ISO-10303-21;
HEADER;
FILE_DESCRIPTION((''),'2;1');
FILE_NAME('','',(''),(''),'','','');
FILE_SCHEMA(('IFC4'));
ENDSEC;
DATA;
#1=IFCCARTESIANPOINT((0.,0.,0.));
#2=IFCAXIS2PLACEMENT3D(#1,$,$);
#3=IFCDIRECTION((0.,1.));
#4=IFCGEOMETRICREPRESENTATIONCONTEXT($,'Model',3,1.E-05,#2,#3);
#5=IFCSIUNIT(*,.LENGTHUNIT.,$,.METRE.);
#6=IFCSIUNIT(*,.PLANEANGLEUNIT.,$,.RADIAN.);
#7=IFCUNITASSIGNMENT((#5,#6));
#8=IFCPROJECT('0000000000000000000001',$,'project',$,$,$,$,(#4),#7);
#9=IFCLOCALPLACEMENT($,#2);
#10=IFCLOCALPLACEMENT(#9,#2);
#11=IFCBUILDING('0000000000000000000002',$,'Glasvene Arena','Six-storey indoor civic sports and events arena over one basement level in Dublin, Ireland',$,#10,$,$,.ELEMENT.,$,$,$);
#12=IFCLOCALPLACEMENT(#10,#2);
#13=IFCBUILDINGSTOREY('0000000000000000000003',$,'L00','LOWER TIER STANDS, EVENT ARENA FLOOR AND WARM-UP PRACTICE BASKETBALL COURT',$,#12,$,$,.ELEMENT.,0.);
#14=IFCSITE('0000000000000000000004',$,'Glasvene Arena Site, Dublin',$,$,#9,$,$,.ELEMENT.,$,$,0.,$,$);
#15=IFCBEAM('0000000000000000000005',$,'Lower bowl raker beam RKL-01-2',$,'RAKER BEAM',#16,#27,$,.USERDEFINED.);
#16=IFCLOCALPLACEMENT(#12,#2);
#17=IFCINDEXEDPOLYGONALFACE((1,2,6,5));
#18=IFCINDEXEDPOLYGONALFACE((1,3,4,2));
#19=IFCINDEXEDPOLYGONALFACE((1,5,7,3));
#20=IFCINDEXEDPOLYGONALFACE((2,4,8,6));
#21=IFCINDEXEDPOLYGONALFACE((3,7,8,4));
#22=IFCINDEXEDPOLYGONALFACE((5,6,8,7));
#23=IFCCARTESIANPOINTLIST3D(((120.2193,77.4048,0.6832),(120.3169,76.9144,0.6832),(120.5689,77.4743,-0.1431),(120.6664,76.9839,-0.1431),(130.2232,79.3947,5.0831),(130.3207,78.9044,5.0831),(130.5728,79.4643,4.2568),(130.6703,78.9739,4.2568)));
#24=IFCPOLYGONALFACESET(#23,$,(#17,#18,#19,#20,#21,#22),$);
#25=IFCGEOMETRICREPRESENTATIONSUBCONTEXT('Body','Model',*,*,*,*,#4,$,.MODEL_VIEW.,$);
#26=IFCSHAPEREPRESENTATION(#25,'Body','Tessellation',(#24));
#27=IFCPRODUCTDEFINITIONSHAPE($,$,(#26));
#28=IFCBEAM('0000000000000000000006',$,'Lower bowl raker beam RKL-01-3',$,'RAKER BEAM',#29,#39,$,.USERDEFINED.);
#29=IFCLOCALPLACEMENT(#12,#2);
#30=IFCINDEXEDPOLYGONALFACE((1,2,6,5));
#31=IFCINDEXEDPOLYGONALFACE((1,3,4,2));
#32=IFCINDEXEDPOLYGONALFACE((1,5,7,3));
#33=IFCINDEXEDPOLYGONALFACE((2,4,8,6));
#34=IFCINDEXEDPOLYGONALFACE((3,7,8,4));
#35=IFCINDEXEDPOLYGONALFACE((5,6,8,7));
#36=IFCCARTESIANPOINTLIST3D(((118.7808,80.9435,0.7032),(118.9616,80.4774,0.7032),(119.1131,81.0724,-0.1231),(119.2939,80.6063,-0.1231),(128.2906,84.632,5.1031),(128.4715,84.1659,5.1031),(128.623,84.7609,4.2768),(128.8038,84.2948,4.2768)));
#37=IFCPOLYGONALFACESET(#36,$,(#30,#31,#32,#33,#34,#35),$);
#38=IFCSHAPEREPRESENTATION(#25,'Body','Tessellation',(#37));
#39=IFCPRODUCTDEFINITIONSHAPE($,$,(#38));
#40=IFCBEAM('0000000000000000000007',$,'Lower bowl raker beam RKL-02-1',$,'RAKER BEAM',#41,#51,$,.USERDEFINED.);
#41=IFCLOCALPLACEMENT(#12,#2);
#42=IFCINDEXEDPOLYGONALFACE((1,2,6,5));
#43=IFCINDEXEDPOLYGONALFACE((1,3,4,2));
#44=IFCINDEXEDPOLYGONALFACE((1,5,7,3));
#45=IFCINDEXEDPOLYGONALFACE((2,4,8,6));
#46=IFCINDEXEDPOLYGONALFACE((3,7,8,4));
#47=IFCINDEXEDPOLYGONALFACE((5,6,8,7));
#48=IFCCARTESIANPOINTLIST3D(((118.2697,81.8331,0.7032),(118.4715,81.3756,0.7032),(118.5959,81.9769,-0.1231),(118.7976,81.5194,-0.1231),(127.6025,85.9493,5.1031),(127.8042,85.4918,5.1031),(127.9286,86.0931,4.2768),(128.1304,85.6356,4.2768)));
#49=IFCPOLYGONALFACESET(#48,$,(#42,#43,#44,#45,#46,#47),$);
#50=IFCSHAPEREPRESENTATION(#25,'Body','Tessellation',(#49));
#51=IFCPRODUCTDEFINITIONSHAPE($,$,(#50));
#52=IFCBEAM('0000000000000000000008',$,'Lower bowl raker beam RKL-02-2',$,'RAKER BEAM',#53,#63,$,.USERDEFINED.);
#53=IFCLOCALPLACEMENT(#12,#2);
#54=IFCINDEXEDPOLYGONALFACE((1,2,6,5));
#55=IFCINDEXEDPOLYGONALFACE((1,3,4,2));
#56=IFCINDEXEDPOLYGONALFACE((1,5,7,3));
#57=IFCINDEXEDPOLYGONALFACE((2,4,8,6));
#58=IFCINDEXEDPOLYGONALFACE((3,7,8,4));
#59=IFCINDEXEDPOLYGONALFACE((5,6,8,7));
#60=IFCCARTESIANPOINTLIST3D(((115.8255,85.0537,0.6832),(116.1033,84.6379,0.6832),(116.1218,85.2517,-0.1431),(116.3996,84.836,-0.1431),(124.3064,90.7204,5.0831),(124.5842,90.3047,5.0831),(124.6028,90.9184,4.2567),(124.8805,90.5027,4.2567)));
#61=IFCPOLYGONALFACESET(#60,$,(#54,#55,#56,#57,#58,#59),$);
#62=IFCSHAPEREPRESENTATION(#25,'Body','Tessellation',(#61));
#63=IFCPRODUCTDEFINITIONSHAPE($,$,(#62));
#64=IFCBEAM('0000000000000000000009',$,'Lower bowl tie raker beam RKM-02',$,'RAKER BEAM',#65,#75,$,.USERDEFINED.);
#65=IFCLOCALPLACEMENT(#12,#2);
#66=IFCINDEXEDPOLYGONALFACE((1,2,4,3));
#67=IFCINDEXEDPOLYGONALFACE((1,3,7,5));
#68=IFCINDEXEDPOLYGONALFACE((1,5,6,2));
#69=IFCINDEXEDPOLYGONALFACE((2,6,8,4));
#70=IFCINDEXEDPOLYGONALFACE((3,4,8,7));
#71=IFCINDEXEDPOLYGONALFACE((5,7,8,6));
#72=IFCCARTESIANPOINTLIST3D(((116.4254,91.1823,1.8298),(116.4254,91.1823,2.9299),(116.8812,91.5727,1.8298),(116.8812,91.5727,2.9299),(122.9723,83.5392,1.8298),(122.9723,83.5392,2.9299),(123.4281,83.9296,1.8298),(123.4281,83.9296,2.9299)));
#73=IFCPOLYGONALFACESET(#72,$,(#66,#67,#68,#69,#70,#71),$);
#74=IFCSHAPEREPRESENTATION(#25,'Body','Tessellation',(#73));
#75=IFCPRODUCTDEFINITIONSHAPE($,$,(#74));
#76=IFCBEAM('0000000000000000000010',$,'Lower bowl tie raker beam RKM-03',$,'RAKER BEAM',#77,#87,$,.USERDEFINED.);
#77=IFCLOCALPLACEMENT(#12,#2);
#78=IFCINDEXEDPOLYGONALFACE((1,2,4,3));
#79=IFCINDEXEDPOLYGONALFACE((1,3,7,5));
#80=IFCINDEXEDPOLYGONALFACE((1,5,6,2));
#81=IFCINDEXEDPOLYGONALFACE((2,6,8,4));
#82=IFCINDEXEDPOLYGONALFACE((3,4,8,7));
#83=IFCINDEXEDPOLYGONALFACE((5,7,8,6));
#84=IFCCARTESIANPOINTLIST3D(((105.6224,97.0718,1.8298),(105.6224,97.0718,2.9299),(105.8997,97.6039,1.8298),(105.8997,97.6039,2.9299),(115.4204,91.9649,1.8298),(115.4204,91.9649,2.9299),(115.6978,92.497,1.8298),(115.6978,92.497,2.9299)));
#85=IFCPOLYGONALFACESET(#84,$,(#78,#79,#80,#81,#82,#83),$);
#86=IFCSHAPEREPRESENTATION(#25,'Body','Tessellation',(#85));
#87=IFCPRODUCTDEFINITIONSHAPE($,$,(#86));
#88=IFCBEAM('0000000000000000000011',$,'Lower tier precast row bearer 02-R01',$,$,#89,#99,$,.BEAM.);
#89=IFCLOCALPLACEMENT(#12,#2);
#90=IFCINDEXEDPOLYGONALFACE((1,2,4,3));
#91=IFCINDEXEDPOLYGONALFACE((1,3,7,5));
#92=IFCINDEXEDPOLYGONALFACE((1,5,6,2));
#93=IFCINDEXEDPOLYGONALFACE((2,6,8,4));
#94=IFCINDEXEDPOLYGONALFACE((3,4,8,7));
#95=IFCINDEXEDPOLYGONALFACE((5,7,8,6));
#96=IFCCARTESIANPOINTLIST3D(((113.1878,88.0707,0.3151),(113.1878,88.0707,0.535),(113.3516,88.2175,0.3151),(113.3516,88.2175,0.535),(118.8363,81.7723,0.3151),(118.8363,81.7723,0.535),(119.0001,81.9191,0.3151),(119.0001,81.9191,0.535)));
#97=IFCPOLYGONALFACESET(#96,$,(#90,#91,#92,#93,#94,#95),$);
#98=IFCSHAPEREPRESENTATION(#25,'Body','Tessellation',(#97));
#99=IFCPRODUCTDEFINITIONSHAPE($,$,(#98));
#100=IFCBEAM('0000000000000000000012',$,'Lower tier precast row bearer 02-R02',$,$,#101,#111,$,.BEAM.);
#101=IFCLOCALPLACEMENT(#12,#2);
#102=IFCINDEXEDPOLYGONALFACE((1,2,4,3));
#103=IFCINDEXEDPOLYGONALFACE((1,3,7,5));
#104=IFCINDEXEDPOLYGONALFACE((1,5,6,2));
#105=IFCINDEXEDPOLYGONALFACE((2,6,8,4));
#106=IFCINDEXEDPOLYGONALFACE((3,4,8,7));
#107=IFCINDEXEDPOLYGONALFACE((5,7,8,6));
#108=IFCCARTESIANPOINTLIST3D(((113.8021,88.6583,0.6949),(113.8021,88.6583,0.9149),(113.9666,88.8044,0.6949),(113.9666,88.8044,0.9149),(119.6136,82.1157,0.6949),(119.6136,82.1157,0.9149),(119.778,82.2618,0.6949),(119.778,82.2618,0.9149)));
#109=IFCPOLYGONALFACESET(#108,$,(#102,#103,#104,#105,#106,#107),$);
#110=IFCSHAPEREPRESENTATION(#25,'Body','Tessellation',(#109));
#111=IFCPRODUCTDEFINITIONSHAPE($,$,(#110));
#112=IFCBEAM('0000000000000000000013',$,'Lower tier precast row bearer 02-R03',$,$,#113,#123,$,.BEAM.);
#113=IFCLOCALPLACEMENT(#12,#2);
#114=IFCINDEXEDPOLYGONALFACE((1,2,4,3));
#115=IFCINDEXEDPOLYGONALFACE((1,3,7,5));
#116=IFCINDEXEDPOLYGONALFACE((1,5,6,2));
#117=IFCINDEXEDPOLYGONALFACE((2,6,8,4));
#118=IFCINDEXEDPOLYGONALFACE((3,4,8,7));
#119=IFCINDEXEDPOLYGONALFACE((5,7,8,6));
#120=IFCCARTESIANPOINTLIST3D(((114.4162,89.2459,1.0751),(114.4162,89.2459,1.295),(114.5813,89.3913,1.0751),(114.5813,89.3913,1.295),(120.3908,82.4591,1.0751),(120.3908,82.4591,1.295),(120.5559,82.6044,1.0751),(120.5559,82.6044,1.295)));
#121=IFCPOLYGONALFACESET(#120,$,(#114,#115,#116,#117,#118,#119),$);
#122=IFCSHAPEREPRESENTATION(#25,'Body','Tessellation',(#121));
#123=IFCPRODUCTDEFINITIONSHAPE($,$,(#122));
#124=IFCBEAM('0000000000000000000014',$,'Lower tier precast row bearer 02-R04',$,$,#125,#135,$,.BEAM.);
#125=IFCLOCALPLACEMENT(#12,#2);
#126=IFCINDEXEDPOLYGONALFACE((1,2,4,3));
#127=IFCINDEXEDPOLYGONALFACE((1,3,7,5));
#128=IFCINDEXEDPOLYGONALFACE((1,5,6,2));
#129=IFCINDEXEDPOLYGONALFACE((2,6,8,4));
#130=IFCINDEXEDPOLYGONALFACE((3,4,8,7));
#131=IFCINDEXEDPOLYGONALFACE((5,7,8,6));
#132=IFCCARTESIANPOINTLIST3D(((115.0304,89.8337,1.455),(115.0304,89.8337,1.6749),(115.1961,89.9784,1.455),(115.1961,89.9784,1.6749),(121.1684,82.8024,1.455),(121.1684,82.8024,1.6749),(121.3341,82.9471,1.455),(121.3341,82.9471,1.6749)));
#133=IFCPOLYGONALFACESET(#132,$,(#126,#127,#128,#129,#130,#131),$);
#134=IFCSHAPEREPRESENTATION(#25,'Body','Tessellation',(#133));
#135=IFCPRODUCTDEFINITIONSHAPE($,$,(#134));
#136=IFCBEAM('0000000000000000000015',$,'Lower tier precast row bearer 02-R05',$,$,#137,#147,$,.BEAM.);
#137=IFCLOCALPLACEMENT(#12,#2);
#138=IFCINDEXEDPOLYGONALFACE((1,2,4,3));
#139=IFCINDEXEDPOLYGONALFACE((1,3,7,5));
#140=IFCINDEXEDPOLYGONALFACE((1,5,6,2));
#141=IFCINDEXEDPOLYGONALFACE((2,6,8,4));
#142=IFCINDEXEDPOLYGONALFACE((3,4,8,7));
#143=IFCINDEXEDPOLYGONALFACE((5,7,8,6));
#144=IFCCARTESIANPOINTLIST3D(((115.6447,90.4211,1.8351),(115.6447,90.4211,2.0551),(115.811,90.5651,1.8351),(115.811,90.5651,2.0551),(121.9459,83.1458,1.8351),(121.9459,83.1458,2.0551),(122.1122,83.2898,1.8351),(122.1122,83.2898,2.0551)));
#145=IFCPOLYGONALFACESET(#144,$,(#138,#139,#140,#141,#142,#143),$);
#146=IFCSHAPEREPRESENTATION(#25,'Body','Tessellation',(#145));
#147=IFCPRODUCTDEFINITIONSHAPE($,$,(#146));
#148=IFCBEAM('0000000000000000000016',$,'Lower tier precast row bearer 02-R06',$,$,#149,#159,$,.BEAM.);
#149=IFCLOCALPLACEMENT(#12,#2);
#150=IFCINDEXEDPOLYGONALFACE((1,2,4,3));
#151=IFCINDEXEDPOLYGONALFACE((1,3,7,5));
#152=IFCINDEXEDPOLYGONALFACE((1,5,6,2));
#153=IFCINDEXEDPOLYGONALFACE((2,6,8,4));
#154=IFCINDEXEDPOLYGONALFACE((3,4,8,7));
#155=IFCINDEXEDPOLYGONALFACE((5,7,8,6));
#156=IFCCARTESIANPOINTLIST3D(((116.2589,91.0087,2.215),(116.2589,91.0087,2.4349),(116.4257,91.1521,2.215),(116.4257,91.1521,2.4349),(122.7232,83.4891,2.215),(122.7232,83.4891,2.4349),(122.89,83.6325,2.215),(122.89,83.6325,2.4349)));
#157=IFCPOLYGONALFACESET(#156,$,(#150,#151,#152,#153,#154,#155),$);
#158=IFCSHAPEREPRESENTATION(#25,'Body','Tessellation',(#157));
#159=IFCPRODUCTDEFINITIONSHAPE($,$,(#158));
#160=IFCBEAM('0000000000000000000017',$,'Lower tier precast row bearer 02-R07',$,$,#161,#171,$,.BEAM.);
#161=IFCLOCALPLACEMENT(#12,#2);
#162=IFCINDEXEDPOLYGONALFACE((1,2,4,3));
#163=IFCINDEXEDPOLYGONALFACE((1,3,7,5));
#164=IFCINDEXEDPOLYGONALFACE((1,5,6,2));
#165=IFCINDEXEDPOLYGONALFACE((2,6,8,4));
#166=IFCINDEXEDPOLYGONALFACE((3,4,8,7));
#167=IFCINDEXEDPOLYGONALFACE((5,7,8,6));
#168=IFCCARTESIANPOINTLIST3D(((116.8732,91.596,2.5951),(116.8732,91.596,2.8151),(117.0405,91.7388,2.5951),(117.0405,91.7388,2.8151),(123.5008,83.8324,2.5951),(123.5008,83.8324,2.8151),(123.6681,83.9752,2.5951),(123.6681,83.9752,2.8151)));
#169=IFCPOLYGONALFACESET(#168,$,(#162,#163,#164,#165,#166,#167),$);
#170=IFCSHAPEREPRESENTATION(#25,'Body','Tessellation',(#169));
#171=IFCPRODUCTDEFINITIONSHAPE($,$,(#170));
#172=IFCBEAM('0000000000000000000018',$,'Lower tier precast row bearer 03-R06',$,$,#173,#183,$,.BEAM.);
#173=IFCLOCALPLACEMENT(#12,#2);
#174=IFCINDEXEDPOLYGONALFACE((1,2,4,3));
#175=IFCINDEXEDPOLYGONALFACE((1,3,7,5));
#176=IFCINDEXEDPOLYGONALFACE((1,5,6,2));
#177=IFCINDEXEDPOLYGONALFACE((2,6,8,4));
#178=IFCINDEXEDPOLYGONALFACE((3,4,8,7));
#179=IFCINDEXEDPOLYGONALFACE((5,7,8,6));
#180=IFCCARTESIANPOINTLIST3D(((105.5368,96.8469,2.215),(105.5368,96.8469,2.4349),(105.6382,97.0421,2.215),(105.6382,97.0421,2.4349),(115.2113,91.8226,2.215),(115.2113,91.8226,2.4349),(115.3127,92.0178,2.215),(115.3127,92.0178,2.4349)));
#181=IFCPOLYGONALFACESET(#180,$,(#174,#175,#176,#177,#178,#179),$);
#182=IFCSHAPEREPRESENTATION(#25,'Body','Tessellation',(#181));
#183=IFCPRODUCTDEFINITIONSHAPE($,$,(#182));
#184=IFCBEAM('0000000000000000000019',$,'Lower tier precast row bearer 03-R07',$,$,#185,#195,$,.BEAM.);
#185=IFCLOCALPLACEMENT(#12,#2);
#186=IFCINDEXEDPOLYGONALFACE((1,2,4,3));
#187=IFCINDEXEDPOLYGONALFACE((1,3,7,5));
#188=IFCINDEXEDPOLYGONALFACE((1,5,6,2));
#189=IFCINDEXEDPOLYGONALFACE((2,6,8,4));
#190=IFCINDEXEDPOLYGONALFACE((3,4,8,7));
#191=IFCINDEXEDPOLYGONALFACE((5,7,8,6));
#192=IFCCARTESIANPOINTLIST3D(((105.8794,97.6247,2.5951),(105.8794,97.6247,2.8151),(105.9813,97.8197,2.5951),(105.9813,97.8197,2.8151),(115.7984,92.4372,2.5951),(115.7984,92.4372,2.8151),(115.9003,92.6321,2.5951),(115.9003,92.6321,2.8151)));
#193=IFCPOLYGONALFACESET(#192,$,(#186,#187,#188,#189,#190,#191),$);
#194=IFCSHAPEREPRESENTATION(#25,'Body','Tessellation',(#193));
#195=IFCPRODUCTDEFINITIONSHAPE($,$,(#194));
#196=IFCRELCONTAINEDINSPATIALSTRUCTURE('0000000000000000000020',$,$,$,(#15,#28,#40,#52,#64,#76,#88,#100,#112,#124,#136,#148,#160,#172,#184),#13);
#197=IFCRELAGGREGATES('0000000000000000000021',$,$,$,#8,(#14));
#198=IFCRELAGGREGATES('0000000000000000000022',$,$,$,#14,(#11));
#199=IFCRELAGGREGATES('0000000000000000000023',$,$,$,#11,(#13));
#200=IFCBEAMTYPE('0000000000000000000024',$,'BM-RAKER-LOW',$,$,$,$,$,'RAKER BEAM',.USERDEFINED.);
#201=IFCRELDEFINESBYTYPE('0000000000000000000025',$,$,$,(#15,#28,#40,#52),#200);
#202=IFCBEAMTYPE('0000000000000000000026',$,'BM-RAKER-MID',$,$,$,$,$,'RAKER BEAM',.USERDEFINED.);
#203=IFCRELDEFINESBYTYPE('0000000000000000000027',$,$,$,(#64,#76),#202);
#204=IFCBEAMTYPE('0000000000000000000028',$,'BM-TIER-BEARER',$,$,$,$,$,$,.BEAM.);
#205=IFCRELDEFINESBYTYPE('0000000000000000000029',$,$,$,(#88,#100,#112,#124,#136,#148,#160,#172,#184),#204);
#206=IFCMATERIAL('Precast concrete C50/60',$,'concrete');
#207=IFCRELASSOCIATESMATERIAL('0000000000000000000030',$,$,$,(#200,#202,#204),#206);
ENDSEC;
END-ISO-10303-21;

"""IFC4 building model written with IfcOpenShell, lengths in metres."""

from ifc_helpers import new_model, si_unit, direction, frame, origin, origin_2d, place, context, subcontext, project, spatial, rectangle, extrude, material, material_profile, profile_set, type_object, element, save


model = new_model("IFC4")

# Units and contexts
model_context = context("Model", 3, precision=1e-05, world=origin(), true_north=direction((0.0, 1.0)))
body_context = subcontext(model_context, "Body", "Model", "MODEL_VIEW")
ifc_project = project(units=[si_unit("LENGTHUNIT", "METRE"), si_unit("PLANEANGLEUNIT", "RADIAN")], contexts=[model_context])

# Site, building, storey
site_placement = place(None, origin())
site = spatial("IfcSite", under=ifc_project, at=site_placement, Name="Glasvene Arena Site, Dublin", CompositionType="ELEMENT", RefElevation=0.0)
building_placement = place(site_placement, origin())
building = spatial("IfcBuilding", under=site, at=building_placement, Name="Glasvene Arena", Description="Six-storey indoor civic sports and events arena over one basement level in Dublin, Ireland", CompositionType="ELEMENT")
storey_placement = place(building_placement, origin())
storey = spatial("IfcBuildingStorey", under=building, at=storey_placement, Name="L00", Description="LOWER TIER STANDS, EVENT ARENA FLOOR AND WARM-UP PRACTICE BASKETBALL COURT", CompositionType="ELEMENT", Elevation=0.0)

# Beams
ifc_material_1 = material(Name="Precast concrete C50/60", Category="concrete")
ifc_material_profile_1 = material_profile(ifc_material_1, rectangle(XDim=0.5, YDim=0.8999, at=origin_2d()), Name="RC 500x900")
ifc_profile_set_1 = profile_set([ifc_material_profile_1], Name="Precast concrete C50/60")
beam_type_1 = type_object("IfcBeamType", Name="BM-RAKER-LOW", ElementType="RAKER BEAM", PredefinedType="USERDEFINED", material=ifc_profile_set_1)
beam_1_placement = place(storey_placement, frame((120.4429, 77.1943, 0.27), z_axis=(0.900568, 0.179142, 0.396087), x_axis=(-0.195099, 0.980784, 0.0)))
element("IfcBeam", 1, at=beam_1_placement, inside=storey, type_object=beam_type_1, Name="Lower bowl raker beam RKL-01-2", ObjectType="RAKER BEAM", PredefinedType="USERDEFINED", context=body_context, shape_type="SweptSolid", body=[
    extrude(rectangle(XDim=0.5, YDim=0.8999, at=origin_2d()), origin(), (0.0, 0.0, 1.0), 11.1084),
])
for number, where, z_axis, x_axis, name in (
    (2, (119.0374, 80.7749, 0.29), (0.856077, 0.33204, 0.396083), (-0.361614, 0.932328, 0.0), "Lower bowl raker beam RKL-01-3"),
    (3, (118.5337, 81.6763, 0.29), (0.840132, 0.37054, 0.396078), (-0.403543, 0.914961, 0.0), "Lower bowl raker beam RKL-02-1"),
):
    element("IfcBeam", number, at=place(storey_placement, frame(where, z_axis=z_axis, x_axis=x_axis)), inside=storey, type_object=beam_type_1, Name=name, ObjectType="RAKER BEAM", PredefinedType="USERDEFINED", context=body_context, shape_type="SweptSolid", body=[
        extrude(rectangle(XDim=0.5, YDim=0.8999, at=origin_2d()), origin(), (0.0, 0.0, 1.0), 11.1086),
    ])
beam_2_placement = place(storey_placement, frame((116.1125, 84.9448, 0.27), z_axis=(0.763469, 0.510129, 0.396086), x_axis=(-0.555567, 0.831472, 0.0)))
element("IfcBeam", 4, at=beam_2_placement, inside=storey, type_object=beam_type_1, Name="Lower bowl raker beam RKL-02-2", ObjectType="RAKER BEAM", PredefinedType="USERDEFINED", context=body_context, shape_type="SweptSolid", body=[
    extrude(rectangle(XDim=0.5, YDim=0.8999, at=origin_2d()), origin(), (0.0, 0.0, 1.0), 11.1084),
])
ifc_material_profile_2 = material_profile(ifc_material_1, rectangle(XDim=0.6001, YDim=1.1001, at=origin_2d()), Name="RC 600x1100")
ifc_profile_set_2 = profile_set([ifc_material_profile_2], Name="Precast concrete C50/60")
beam_type_2 = type_object("IfcBeamType", Name="BM-RAKER-MID", ElementType="RAKER BEAM", PredefinedType="USERDEFINED", material=ifc_profile_set_2)
beam_3_placement = place(storey_placement, frame((123.2002, 83.7344, 2.3799), z_axis=(-0.650544, 0.759469, 0.0), x_axis=(-0.759469, -0.650544, 0.0)))
element("IfcBeam", 5, at=beam_3_placement, inside=storey, type_object=beam_type_2, Name="Lower bowl tie raker beam RKM-02", ObjectType="RAKER BEAM", PredefinedType="USERDEFINED", context=body_context, shape_type="SweptSolid", body=[
    extrude(rectangle(XDim=0.6001, YDim=1.1001, at=origin_2d()), origin(), (0.0, 0.0, 1.0), 10.0637),
])
beam_4_placement = place(storey_placement, frame((115.5591, 92.231, 2.3799), z_axis=(-0.886775, 0.462202, 0.0), x_axis=(-0.462202, -0.886775, 0.0)))
element("IfcBeam", 6, at=beam_4_placement, inside=storey, type_object=beam_type_2, Name="Lower bowl tie raker beam RKM-03", ObjectType="RAKER BEAM", PredefinedType="USERDEFINED", context=body_context, shape_type="SweptSolid", body=[
    extrude(rectangle(XDim=0.6001, YDim=1.1001, at=origin_2d()), origin(), (0.0, 0.0, 1.0), 11.0491),
])
ifc_material_profile_3 = material_profile(ifc_material_1, rectangle(XDim=0.22, YDim=0.22, at=origin_2d()), Name="RC 220x220")
ifc_profile_set_3 = profile_set([ifc_material_profile_3], Name="Precast concrete C50/60")
beam_type_3 = type_object("IfcBeamType", Name="BM-TIER-BEARER", PredefinedType="BEAM", material=ifc_profile_set_3)
beam_5_placement = place(storey_placement, frame((118.9182, 81.8457, 0.425), z_axis=(-0.667653, 0.744472, 0.0), x_axis=(-0.744472, -0.667653, 0.0)))
element("IfcBeam", 7, at=beam_5_placement, inside=storey, type_object=beam_type_3, Name="Lower tier precast row bearer 02-R01", PredefinedType="BEAM", context=body_context, shape_type="SweptSolid", body=[
    extrude(rectangle(XDim=0.22, YDim=0.22, at=origin_2d()), origin(), (0.0, 0.0, 1.0), 8.4602),
])
beam_6_placement = place(storey_placement, frame((119.6958, 82.1887, 0.8049), z_axis=(-0.664094, 0.747649, 0.0), x_axis=(-0.747649, -0.664094, 0.0)))
element("IfcBeam", 8, at=beam_6_placement, inside=storey, type_object=beam_type_3, Name="Lower tier precast row bearer 02-R02", PredefinedType="BEAM", context=body_context, shape_type="SweptSolid", body=[
    extrude(rectangle(XDim=0.22, YDim=0.22, at=origin_2d()), origin(), (0.0, 0.0, 1.0), 8.751),
])
beam_7_placement = place(storey_placement, frame((120.4734, 82.5317, 1.1851), z_axis=(-0.660763, 0.750595, 0.0), x_axis=(-0.750595, -0.660763, 0.0)))
element("IfcBeam", 9, at=beam_7_placement, inside=storey, type_object=beam_type_3, Name="Lower tier precast row bearer 02-R03", PredefinedType="BEAM", context=body_context, shape_type="SweptSolid", body=[
    extrude(rectangle(XDim=0.22, YDim=0.22, at=origin_2d()), origin(), (0.0, 0.0, 1.0), 9.042),
])
beam_8_placement = place(storey_placement, frame((121.2512, 82.8748, 1.5649), z_axis=(-0.65763, 0.753341, 0.0), x_axis=(-0.753341, -0.65763, 0.0)))
element("IfcBeam", 10, at=beam_8_placement, inside=storey, type_object=beam_type_3, Name="Lower tier precast row bearer 02-R04", PredefinedType="BEAM", context=body_context, shape_type="SweptSolid", body=[
    extrude(rectangle(XDim=0.22, YDim=0.22, at=origin_2d()), origin(), (0.0, 0.0, 1.0), 9.3335),
])
beam_9_placement = place(storey_placement, frame((122.0291, 83.2178, 1.9451), z_axis=(-0.654689, 0.755898, 0.0), x_axis=(-0.755898, -0.654689, 0.0)))
element("IfcBeam", 11, at=beam_9_placement, inside=storey, type_object=beam_type_3, Name="Lower tier precast row bearer 02-R05", PredefinedType="BEAM", context=body_context, shape_type="SweptSolid", body=[
    extrude(rectangle(XDim=0.22, YDim=0.22, at=origin_2d()), origin(), (0.0, 0.0, 1.0), 9.6248),
])
beam_10_placement = place(storey_placement, frame((122.8066, 83.5608, 2.325), z_axis=(-0.651898, 0.758307, 0.0), x_axis=(-0.758307, -0.651898, 0.0)))
element("IfcBeam", 12, at=beam_10_placement, inside=storey, type_object=beam_type_3, Name="Lower tier precast row bearer 02-R06", PredefinedType="BEAM", context=body_context, shape_type="SweptSolid", body=[
    extrude(rectangle(XDim=0.22, YDim=0.22, at=origin_2d()), origin(), (0.0, 0.0, 1.0), 9.9163),
])
beam_11_placement = place(storey_placement, frame((123.5845, 83.9038, 2.7051), z_axis=(-0.649271, 0.760557, 0.0), x_axis=(-0.760557, -0.649271, 0.0)))
element("IfcBeam", 13, at=beam_11_placement, inside=storey, type_object=beam_type_3, Name="Lower tier precast row bearer 02-R07", PredefinedType="BEAM", context=body_context, shape_type="SweptSolid", body=[
    extrude(rectangle(XDim=0.22, YDim=0.22, at=origin_2d()), origin(), (0.0, 0.0, 1.0), 10.2078),
])
beam_12_placement = place(storey_placement, frame((115.262, 91.9202, 2.325), z_axis=(-0.887455, 0.460894, 0.0), x_axis=(-0.460894, -0.887455, 0.0)))
element("IfcBeam", 14, at=beam_12_placement, inside=storey, type_object=beam_type_3, Name="Lower tier precast row bearer 03-R06", PredefinedType="BEAM", context=body_context, shape_type="SweptSolid", body=[
    extrude(rectangle(XDim=0.22, YDim=0.22, at=origin_2d()), origin(), (0.0, 0.0, 1.0), 10.9014),
])
beam_13_placement = place(storey_placement, frame((115.8494, 92.5347, 2.7051), z_axis=(-0.88613, 0.463436, 0.0), x_axis=(-0.463436, -0.88613, 0.0)))
element("IfcBeam", 15, at=beam_13_placement, inside=storey, type_object=beam_type_3, Name="Lower tier precast row bearer 03-R07", PredefinedType="BEAM", context=body_context, shape_type="SweptSolid", body=[
    extrude(rectangle(XDim=0.22, YDim=0.22, at=origin_2d()), origin(), (0.0, 0.0, 1.0), 11.1936),
])

save(model, "model.ifc")
